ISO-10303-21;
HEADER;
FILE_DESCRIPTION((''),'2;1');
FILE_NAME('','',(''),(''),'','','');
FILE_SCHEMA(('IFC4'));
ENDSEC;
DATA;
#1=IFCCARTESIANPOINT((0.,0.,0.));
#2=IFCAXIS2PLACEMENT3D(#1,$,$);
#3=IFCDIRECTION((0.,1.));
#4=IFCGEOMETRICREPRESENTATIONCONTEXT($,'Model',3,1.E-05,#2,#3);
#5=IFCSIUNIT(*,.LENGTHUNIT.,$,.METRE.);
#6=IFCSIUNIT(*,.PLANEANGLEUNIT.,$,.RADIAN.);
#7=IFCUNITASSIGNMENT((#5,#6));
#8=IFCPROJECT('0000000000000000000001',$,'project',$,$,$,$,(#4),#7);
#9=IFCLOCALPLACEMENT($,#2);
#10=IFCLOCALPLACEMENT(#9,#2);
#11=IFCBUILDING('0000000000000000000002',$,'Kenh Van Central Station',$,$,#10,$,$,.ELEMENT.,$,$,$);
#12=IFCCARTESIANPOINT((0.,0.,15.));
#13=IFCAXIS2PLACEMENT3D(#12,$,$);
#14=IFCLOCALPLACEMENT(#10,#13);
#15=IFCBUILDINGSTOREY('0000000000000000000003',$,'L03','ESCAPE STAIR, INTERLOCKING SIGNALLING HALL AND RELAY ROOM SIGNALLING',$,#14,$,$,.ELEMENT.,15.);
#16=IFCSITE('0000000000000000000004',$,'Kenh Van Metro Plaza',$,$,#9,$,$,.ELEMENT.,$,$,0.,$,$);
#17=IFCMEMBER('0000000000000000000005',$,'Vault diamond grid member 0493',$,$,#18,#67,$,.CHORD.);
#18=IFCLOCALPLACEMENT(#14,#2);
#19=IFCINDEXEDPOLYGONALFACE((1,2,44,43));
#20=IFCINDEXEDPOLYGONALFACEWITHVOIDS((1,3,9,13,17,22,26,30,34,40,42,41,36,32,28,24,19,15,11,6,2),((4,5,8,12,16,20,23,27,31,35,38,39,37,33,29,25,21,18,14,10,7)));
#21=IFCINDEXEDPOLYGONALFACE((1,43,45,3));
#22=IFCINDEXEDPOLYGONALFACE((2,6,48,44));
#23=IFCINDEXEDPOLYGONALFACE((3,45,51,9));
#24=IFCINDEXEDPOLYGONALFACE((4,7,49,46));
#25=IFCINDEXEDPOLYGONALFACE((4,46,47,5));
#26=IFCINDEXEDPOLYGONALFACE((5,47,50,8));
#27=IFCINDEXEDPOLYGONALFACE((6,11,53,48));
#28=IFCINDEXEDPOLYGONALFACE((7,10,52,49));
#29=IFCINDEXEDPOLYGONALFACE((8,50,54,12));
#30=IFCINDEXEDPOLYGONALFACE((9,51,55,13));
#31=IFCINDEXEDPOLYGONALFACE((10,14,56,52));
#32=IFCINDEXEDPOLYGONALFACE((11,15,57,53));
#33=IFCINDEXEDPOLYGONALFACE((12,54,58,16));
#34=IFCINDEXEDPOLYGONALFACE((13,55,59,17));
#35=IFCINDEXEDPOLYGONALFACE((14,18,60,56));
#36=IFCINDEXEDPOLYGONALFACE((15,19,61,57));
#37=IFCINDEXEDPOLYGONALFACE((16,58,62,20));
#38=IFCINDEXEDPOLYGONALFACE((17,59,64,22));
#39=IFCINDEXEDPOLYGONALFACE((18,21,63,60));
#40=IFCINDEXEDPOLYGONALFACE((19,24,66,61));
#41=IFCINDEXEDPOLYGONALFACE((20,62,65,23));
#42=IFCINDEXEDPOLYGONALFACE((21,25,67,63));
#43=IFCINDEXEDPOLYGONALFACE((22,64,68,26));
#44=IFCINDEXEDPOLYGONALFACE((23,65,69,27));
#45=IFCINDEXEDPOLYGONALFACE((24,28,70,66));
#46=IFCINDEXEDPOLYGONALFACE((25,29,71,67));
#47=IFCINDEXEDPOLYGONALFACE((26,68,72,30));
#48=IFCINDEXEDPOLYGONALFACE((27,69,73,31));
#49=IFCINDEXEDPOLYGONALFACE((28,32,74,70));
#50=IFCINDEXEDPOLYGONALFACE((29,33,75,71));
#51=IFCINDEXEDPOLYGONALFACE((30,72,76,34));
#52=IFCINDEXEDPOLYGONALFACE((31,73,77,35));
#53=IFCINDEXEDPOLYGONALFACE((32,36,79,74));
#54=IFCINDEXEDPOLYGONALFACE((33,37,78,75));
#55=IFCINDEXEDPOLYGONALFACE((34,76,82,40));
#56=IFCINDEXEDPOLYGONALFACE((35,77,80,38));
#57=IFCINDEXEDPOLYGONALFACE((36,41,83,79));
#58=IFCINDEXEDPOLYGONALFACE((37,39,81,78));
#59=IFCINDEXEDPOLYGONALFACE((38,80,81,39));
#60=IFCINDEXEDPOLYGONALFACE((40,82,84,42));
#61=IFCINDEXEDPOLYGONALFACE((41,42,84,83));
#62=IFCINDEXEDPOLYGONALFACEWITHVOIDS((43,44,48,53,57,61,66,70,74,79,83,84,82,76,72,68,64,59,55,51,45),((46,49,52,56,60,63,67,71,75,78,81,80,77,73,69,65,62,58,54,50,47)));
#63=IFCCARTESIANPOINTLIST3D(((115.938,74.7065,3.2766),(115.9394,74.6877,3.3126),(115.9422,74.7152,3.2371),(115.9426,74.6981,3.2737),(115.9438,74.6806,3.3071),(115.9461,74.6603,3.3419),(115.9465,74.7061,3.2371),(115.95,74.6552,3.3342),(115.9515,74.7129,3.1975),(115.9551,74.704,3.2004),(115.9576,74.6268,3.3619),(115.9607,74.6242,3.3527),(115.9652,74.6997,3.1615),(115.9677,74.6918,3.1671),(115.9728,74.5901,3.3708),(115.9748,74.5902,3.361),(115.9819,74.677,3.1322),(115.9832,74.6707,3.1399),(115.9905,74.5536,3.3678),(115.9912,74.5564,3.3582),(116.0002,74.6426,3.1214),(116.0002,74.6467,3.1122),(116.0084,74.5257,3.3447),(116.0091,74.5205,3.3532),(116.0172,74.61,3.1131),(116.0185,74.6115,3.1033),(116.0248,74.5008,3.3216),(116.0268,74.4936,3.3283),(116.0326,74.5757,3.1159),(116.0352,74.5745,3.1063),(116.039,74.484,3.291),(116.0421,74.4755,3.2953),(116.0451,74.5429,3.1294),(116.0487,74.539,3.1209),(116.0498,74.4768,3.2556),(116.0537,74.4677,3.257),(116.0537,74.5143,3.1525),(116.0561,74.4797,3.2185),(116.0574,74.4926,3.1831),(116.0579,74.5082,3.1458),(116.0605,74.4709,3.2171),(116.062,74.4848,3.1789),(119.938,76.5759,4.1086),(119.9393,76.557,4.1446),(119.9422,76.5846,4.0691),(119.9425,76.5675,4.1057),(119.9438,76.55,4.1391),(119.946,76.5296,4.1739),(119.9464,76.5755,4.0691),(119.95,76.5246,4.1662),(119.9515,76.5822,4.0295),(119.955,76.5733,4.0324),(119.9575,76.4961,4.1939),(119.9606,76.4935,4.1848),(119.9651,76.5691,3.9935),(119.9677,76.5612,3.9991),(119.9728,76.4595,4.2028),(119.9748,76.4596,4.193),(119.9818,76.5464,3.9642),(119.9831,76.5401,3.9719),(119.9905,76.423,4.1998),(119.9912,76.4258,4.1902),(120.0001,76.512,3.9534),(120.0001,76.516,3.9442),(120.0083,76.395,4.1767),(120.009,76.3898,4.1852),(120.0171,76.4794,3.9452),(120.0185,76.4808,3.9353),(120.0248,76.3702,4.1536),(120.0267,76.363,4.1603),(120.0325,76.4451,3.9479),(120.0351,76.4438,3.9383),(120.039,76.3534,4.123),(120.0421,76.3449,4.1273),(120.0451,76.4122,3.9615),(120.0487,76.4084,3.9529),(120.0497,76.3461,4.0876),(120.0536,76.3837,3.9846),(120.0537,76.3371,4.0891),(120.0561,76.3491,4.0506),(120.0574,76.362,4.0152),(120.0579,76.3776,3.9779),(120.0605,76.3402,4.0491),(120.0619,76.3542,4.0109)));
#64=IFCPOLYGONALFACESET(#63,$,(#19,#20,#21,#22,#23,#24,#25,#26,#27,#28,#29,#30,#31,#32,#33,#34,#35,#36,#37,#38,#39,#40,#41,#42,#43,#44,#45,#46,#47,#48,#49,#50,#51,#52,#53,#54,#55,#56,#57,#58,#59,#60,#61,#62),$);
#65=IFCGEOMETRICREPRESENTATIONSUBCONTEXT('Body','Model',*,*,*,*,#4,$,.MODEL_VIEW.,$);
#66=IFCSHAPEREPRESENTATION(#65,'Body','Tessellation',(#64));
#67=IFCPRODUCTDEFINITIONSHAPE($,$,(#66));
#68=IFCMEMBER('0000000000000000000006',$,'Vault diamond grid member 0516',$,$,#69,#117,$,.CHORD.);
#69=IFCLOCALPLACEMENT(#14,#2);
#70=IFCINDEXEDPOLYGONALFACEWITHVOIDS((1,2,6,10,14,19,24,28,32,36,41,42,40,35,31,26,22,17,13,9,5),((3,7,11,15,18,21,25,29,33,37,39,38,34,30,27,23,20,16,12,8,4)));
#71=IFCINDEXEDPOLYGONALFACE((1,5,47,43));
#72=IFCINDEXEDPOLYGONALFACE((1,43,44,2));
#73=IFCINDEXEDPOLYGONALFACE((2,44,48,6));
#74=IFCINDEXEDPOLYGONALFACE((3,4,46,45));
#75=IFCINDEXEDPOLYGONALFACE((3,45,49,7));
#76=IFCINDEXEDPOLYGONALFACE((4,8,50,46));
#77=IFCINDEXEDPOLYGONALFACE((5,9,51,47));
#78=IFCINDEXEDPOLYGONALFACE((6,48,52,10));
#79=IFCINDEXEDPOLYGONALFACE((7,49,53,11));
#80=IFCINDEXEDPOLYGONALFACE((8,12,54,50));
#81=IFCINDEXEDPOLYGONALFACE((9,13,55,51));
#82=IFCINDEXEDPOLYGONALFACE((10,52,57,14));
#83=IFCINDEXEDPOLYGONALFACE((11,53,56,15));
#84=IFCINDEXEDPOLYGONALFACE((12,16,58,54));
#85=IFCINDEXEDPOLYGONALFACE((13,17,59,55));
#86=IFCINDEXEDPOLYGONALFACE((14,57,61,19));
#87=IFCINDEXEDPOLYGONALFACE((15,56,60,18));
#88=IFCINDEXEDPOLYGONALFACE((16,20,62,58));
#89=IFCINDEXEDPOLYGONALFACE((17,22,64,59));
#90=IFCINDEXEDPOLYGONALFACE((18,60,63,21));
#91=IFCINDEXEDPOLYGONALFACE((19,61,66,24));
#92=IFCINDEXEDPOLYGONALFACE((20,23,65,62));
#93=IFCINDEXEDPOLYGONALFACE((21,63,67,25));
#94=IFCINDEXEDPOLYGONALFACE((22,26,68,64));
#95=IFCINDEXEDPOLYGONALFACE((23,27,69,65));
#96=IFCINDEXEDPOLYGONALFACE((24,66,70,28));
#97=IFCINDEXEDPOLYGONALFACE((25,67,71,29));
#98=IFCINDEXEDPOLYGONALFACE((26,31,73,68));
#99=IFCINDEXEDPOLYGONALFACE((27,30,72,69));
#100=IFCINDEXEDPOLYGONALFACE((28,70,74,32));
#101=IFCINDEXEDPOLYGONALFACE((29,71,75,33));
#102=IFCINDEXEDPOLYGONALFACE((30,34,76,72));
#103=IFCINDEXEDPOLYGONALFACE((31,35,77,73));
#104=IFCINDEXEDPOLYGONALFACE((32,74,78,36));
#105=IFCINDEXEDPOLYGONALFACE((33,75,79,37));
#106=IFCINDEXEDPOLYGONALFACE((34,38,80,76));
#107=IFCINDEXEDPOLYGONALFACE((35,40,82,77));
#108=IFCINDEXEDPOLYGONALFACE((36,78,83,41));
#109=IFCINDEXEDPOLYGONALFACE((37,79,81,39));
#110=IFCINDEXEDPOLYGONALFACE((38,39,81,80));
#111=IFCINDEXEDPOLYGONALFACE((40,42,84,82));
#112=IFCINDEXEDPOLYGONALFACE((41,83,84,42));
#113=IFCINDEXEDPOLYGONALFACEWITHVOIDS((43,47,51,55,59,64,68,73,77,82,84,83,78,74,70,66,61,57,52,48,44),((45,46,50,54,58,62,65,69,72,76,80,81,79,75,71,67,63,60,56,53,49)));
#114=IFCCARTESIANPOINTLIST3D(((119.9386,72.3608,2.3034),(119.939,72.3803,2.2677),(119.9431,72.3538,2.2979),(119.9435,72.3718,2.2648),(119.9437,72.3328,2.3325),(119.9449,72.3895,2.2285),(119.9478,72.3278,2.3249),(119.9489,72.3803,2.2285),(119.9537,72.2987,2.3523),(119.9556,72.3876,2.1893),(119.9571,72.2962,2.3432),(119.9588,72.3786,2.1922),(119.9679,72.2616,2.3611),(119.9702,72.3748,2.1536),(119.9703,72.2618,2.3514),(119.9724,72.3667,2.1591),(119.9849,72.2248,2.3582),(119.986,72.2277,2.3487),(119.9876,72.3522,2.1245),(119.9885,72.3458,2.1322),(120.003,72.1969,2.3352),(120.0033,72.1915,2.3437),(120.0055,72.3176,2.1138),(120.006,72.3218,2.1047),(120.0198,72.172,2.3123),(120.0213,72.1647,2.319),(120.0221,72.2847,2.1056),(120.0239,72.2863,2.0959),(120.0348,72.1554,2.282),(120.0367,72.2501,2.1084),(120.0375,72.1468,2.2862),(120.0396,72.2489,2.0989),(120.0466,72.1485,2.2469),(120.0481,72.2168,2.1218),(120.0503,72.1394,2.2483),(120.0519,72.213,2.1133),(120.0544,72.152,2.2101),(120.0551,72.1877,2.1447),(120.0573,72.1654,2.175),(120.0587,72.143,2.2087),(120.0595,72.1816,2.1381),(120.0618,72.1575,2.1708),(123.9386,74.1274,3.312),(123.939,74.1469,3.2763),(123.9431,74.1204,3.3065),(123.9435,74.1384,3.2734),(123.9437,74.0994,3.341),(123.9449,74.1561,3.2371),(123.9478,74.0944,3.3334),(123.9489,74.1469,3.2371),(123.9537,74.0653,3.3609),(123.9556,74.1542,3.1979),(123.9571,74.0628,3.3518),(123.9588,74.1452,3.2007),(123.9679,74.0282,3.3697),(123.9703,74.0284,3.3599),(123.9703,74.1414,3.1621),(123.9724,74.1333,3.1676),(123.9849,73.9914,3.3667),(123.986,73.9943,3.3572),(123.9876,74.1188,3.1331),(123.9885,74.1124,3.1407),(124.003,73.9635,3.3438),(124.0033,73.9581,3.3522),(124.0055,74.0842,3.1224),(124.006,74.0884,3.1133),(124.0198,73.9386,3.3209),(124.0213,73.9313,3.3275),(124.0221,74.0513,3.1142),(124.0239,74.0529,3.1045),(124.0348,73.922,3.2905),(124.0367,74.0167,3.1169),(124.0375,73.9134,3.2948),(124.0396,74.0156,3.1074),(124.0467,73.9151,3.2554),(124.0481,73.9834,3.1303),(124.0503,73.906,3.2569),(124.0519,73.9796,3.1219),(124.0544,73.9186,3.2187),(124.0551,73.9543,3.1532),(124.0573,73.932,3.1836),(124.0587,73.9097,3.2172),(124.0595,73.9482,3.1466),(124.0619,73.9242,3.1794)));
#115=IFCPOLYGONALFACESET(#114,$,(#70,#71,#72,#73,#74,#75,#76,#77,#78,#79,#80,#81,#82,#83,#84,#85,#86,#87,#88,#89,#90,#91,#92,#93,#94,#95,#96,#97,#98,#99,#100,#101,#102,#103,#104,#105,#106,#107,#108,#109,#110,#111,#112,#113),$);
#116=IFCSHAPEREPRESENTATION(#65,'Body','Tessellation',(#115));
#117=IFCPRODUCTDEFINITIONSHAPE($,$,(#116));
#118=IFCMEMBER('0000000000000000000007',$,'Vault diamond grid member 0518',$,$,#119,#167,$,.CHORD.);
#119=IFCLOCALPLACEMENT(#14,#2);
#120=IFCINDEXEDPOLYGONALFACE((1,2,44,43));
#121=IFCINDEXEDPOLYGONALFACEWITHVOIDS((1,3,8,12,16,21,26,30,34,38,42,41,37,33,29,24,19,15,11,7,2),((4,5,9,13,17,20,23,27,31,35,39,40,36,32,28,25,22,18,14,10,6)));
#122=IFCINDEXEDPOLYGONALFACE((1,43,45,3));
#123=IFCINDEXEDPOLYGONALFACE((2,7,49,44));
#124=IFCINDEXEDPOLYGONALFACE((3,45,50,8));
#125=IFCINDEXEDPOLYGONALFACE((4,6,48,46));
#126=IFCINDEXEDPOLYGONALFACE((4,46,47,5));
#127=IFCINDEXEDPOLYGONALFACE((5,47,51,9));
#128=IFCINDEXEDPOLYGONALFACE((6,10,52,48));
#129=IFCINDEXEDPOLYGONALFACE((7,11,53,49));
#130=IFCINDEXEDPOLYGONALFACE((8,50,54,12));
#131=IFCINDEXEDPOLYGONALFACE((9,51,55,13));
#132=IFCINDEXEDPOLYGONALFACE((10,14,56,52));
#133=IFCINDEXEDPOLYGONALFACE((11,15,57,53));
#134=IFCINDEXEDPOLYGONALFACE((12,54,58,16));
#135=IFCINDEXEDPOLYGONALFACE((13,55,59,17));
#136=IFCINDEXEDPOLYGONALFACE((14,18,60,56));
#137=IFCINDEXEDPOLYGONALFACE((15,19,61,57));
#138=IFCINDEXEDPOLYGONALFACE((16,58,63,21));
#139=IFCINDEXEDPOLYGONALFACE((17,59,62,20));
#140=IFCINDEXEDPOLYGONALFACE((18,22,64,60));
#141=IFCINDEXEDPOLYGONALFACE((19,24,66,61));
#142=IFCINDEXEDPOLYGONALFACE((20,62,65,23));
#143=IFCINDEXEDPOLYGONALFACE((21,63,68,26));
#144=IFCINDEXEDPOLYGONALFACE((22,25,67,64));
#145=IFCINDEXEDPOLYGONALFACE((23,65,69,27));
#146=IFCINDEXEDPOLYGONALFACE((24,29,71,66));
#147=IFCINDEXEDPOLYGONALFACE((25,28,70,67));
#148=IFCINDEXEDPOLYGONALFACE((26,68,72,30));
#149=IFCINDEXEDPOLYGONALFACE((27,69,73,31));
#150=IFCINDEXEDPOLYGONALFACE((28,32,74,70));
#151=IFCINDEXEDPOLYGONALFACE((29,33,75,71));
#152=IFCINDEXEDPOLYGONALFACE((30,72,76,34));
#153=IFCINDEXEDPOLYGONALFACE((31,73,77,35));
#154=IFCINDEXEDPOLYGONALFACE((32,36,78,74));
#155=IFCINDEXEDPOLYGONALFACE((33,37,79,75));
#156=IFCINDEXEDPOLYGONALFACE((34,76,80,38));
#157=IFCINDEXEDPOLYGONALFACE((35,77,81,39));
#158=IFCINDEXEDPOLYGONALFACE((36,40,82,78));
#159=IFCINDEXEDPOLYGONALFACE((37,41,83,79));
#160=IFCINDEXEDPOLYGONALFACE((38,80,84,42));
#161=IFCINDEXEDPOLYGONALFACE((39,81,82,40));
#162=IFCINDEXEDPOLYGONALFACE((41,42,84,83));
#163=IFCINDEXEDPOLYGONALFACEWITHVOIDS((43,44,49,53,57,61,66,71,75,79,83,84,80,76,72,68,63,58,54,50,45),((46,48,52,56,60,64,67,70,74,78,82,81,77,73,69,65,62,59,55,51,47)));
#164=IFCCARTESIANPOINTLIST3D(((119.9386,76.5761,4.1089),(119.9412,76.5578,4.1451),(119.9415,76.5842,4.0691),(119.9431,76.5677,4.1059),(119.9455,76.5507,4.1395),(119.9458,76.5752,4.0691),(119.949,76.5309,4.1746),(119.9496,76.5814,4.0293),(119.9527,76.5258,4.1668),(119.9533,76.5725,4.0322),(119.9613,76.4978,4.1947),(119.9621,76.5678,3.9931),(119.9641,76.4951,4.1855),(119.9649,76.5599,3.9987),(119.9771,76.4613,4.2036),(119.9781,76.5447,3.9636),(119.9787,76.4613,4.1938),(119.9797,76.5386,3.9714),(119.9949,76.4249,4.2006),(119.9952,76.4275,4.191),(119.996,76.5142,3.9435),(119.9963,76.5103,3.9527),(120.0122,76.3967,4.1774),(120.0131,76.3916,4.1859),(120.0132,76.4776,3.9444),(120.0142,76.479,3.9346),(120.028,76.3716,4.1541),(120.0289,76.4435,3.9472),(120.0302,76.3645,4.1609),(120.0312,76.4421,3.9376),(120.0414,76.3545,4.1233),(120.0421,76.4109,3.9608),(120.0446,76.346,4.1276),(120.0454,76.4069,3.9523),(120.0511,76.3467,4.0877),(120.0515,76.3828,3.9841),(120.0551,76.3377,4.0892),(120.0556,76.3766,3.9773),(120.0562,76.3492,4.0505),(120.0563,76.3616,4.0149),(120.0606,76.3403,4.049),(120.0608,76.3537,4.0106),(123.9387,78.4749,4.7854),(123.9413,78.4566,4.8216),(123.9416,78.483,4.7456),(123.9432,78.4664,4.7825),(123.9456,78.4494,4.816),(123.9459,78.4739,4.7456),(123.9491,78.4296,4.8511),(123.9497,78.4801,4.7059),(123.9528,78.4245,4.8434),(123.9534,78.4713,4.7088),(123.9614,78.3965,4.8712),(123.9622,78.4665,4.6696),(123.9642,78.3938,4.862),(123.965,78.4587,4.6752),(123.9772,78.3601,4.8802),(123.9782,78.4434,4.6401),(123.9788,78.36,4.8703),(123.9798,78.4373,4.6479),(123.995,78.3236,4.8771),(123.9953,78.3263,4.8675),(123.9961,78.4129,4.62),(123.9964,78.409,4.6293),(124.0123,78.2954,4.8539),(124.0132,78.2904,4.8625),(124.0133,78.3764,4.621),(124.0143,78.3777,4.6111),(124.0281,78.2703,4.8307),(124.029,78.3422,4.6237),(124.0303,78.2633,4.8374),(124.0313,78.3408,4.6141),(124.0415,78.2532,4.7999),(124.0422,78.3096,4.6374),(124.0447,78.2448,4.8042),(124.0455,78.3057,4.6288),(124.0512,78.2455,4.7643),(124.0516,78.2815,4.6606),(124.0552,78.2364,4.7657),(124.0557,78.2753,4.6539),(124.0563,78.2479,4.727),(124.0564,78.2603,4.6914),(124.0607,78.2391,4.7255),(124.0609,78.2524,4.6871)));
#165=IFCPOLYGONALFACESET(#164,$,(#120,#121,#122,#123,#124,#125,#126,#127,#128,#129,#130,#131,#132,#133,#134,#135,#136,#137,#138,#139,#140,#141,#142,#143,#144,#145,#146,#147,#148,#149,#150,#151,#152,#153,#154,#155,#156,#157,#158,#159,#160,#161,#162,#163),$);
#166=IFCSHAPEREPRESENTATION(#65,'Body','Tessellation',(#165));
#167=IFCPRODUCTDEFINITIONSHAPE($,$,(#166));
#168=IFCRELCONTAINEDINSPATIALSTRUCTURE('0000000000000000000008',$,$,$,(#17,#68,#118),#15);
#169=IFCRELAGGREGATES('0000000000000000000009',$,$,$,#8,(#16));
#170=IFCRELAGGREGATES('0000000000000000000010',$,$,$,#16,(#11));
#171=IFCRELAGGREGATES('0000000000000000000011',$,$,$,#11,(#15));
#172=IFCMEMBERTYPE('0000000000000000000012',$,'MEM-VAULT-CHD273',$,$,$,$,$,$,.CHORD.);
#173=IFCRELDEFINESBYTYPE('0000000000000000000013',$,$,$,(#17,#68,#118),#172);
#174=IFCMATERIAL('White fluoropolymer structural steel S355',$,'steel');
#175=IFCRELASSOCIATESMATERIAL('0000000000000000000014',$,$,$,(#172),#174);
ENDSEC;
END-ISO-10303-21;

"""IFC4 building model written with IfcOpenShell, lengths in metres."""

from ifc_helpers import new_model, si_unit, direction, frame, origin, origin_2d, place, context, subcontext, project, spatial, hollow_circle, extrude, material, material_profile, profile_set, type_object, element, save


model = new_model("IFC4")

# Units and contexts
model_context = context("Model", 3, precision=1e-05, world=origin(), true_north=direction((0.0, 1.0)))
body_context = subcontext(model_context, "Body", "Model", "MODEL_VIEW")
ifc_project = project(units=[si_unit("LENGTHUNIT", "METRE"), si_unit("PLANEANGLEUNIT", "RADIAN")], contexts=[model_context])

# Site, building, storey
site_placement = place(None, origin())
site = spatial("IfcSite", under=ifc_project, at=site_placement, Name="Kenh Van Metro Plaza", CompositionType="ELEMENT", RefElevation=0.0)
building_placement = place(site_placement, origin())
building = spatial("IfcBuilding", under=site, at=building_placement, Name="Kenh Van Central Station", CompositionType="ELEMENT")
storey_placement = place(building_placement, frame((0.0, 0.0, 15.0)))
storey = spatial("IfcBuildingStorey", under=building, at=storey_placement, Name="L03", Description="ESCAPE STAIR, INTERLOCKING SIGNALLING HALL AND RELAY ROOM SIGNALLING", CompositionType="ELEMENT", Elevation=15.0)

# Shared definitions
ifc_material_1 = material(Name="White fluoropolymer structural steel S355", Category="steel")

# Members
ifc_material_profile_1 = material_profile(ifc_material_1, hollow_circle(Radius=0.1365, WallThickness=0.01, at=origin_2d()), Name="CHS 273x10")
ifc_profile_set_1 = profile_set([ifc_material_profile_1], Name="White fluoropolymer structural steel S355")
member_type_1 = type_object("IfcMemberType", Name="MEM-VAULT-CHD273", PredefinedType="CHORD", material=ifc_profile_set_1)
member_1_placement = place(storey_placement, frame((116.0, 74.5916, 3.2371), z_axis=(0.890278, 0.416068, 0.185185), x_axis=(-0.423391, 0.905947, 0.0)))
element("IfcMember", 1, at=member_1_placement, inside=storey, type_object=member_type_1, Name="Vault diamond grid member 0493", PredefinedType="CHORD", context=body_context, shape_type="SweptSolid", body=[
    extrude(hollow_circle(Radius=0.1365, WallThickness=0.01, at=origin_2d()), origin(), (0.0, 0.0, 1.0), 4.4929),
])
member_2_placement = place(storey_placement, frame((120.0, 72.2646, 2.2285), z_axis=(0.891356, 0.393668, 0.224743), x_axis=(-0.404003, 0.914758, 0.0)))
element("IfcMember", 2, at=member_2_placement, inside=storey, type_object=member_type_1, Name="Vault diamond grid member 0516", PredefinedType="CHORD", context=body_context, shape_type="SweptSolid", body=[
    extrude(hollow_circle(Radius=0.1365, WallThickness=0.01, at=origin_2d()), origin(), (0.0, 0.0, 1.0), 4.4875),
])
member_3_placement = place(storey_placement, frame((120.0, 76.4609, 4.0691), z_axis=(0.893029, 0.423895, 0.151037), x_axis=(-0.428814, 0.903393, 0.0)))
element("IfcMember", 3, at=member_3_placement, inside=storey, type_object=member_type_1, Name="Vault diamond grid member 0518", PredefinedType="CHORD", context=body_context, shape_type="SweptSolid", body=[
    extrude(hollow_circle(Radius=0.1365, WallThickness=0.01, at=origin_2d()), origin(), (0.0, 0.0, 1.0), 4.4792),
])

save(model, "model.ifc")
